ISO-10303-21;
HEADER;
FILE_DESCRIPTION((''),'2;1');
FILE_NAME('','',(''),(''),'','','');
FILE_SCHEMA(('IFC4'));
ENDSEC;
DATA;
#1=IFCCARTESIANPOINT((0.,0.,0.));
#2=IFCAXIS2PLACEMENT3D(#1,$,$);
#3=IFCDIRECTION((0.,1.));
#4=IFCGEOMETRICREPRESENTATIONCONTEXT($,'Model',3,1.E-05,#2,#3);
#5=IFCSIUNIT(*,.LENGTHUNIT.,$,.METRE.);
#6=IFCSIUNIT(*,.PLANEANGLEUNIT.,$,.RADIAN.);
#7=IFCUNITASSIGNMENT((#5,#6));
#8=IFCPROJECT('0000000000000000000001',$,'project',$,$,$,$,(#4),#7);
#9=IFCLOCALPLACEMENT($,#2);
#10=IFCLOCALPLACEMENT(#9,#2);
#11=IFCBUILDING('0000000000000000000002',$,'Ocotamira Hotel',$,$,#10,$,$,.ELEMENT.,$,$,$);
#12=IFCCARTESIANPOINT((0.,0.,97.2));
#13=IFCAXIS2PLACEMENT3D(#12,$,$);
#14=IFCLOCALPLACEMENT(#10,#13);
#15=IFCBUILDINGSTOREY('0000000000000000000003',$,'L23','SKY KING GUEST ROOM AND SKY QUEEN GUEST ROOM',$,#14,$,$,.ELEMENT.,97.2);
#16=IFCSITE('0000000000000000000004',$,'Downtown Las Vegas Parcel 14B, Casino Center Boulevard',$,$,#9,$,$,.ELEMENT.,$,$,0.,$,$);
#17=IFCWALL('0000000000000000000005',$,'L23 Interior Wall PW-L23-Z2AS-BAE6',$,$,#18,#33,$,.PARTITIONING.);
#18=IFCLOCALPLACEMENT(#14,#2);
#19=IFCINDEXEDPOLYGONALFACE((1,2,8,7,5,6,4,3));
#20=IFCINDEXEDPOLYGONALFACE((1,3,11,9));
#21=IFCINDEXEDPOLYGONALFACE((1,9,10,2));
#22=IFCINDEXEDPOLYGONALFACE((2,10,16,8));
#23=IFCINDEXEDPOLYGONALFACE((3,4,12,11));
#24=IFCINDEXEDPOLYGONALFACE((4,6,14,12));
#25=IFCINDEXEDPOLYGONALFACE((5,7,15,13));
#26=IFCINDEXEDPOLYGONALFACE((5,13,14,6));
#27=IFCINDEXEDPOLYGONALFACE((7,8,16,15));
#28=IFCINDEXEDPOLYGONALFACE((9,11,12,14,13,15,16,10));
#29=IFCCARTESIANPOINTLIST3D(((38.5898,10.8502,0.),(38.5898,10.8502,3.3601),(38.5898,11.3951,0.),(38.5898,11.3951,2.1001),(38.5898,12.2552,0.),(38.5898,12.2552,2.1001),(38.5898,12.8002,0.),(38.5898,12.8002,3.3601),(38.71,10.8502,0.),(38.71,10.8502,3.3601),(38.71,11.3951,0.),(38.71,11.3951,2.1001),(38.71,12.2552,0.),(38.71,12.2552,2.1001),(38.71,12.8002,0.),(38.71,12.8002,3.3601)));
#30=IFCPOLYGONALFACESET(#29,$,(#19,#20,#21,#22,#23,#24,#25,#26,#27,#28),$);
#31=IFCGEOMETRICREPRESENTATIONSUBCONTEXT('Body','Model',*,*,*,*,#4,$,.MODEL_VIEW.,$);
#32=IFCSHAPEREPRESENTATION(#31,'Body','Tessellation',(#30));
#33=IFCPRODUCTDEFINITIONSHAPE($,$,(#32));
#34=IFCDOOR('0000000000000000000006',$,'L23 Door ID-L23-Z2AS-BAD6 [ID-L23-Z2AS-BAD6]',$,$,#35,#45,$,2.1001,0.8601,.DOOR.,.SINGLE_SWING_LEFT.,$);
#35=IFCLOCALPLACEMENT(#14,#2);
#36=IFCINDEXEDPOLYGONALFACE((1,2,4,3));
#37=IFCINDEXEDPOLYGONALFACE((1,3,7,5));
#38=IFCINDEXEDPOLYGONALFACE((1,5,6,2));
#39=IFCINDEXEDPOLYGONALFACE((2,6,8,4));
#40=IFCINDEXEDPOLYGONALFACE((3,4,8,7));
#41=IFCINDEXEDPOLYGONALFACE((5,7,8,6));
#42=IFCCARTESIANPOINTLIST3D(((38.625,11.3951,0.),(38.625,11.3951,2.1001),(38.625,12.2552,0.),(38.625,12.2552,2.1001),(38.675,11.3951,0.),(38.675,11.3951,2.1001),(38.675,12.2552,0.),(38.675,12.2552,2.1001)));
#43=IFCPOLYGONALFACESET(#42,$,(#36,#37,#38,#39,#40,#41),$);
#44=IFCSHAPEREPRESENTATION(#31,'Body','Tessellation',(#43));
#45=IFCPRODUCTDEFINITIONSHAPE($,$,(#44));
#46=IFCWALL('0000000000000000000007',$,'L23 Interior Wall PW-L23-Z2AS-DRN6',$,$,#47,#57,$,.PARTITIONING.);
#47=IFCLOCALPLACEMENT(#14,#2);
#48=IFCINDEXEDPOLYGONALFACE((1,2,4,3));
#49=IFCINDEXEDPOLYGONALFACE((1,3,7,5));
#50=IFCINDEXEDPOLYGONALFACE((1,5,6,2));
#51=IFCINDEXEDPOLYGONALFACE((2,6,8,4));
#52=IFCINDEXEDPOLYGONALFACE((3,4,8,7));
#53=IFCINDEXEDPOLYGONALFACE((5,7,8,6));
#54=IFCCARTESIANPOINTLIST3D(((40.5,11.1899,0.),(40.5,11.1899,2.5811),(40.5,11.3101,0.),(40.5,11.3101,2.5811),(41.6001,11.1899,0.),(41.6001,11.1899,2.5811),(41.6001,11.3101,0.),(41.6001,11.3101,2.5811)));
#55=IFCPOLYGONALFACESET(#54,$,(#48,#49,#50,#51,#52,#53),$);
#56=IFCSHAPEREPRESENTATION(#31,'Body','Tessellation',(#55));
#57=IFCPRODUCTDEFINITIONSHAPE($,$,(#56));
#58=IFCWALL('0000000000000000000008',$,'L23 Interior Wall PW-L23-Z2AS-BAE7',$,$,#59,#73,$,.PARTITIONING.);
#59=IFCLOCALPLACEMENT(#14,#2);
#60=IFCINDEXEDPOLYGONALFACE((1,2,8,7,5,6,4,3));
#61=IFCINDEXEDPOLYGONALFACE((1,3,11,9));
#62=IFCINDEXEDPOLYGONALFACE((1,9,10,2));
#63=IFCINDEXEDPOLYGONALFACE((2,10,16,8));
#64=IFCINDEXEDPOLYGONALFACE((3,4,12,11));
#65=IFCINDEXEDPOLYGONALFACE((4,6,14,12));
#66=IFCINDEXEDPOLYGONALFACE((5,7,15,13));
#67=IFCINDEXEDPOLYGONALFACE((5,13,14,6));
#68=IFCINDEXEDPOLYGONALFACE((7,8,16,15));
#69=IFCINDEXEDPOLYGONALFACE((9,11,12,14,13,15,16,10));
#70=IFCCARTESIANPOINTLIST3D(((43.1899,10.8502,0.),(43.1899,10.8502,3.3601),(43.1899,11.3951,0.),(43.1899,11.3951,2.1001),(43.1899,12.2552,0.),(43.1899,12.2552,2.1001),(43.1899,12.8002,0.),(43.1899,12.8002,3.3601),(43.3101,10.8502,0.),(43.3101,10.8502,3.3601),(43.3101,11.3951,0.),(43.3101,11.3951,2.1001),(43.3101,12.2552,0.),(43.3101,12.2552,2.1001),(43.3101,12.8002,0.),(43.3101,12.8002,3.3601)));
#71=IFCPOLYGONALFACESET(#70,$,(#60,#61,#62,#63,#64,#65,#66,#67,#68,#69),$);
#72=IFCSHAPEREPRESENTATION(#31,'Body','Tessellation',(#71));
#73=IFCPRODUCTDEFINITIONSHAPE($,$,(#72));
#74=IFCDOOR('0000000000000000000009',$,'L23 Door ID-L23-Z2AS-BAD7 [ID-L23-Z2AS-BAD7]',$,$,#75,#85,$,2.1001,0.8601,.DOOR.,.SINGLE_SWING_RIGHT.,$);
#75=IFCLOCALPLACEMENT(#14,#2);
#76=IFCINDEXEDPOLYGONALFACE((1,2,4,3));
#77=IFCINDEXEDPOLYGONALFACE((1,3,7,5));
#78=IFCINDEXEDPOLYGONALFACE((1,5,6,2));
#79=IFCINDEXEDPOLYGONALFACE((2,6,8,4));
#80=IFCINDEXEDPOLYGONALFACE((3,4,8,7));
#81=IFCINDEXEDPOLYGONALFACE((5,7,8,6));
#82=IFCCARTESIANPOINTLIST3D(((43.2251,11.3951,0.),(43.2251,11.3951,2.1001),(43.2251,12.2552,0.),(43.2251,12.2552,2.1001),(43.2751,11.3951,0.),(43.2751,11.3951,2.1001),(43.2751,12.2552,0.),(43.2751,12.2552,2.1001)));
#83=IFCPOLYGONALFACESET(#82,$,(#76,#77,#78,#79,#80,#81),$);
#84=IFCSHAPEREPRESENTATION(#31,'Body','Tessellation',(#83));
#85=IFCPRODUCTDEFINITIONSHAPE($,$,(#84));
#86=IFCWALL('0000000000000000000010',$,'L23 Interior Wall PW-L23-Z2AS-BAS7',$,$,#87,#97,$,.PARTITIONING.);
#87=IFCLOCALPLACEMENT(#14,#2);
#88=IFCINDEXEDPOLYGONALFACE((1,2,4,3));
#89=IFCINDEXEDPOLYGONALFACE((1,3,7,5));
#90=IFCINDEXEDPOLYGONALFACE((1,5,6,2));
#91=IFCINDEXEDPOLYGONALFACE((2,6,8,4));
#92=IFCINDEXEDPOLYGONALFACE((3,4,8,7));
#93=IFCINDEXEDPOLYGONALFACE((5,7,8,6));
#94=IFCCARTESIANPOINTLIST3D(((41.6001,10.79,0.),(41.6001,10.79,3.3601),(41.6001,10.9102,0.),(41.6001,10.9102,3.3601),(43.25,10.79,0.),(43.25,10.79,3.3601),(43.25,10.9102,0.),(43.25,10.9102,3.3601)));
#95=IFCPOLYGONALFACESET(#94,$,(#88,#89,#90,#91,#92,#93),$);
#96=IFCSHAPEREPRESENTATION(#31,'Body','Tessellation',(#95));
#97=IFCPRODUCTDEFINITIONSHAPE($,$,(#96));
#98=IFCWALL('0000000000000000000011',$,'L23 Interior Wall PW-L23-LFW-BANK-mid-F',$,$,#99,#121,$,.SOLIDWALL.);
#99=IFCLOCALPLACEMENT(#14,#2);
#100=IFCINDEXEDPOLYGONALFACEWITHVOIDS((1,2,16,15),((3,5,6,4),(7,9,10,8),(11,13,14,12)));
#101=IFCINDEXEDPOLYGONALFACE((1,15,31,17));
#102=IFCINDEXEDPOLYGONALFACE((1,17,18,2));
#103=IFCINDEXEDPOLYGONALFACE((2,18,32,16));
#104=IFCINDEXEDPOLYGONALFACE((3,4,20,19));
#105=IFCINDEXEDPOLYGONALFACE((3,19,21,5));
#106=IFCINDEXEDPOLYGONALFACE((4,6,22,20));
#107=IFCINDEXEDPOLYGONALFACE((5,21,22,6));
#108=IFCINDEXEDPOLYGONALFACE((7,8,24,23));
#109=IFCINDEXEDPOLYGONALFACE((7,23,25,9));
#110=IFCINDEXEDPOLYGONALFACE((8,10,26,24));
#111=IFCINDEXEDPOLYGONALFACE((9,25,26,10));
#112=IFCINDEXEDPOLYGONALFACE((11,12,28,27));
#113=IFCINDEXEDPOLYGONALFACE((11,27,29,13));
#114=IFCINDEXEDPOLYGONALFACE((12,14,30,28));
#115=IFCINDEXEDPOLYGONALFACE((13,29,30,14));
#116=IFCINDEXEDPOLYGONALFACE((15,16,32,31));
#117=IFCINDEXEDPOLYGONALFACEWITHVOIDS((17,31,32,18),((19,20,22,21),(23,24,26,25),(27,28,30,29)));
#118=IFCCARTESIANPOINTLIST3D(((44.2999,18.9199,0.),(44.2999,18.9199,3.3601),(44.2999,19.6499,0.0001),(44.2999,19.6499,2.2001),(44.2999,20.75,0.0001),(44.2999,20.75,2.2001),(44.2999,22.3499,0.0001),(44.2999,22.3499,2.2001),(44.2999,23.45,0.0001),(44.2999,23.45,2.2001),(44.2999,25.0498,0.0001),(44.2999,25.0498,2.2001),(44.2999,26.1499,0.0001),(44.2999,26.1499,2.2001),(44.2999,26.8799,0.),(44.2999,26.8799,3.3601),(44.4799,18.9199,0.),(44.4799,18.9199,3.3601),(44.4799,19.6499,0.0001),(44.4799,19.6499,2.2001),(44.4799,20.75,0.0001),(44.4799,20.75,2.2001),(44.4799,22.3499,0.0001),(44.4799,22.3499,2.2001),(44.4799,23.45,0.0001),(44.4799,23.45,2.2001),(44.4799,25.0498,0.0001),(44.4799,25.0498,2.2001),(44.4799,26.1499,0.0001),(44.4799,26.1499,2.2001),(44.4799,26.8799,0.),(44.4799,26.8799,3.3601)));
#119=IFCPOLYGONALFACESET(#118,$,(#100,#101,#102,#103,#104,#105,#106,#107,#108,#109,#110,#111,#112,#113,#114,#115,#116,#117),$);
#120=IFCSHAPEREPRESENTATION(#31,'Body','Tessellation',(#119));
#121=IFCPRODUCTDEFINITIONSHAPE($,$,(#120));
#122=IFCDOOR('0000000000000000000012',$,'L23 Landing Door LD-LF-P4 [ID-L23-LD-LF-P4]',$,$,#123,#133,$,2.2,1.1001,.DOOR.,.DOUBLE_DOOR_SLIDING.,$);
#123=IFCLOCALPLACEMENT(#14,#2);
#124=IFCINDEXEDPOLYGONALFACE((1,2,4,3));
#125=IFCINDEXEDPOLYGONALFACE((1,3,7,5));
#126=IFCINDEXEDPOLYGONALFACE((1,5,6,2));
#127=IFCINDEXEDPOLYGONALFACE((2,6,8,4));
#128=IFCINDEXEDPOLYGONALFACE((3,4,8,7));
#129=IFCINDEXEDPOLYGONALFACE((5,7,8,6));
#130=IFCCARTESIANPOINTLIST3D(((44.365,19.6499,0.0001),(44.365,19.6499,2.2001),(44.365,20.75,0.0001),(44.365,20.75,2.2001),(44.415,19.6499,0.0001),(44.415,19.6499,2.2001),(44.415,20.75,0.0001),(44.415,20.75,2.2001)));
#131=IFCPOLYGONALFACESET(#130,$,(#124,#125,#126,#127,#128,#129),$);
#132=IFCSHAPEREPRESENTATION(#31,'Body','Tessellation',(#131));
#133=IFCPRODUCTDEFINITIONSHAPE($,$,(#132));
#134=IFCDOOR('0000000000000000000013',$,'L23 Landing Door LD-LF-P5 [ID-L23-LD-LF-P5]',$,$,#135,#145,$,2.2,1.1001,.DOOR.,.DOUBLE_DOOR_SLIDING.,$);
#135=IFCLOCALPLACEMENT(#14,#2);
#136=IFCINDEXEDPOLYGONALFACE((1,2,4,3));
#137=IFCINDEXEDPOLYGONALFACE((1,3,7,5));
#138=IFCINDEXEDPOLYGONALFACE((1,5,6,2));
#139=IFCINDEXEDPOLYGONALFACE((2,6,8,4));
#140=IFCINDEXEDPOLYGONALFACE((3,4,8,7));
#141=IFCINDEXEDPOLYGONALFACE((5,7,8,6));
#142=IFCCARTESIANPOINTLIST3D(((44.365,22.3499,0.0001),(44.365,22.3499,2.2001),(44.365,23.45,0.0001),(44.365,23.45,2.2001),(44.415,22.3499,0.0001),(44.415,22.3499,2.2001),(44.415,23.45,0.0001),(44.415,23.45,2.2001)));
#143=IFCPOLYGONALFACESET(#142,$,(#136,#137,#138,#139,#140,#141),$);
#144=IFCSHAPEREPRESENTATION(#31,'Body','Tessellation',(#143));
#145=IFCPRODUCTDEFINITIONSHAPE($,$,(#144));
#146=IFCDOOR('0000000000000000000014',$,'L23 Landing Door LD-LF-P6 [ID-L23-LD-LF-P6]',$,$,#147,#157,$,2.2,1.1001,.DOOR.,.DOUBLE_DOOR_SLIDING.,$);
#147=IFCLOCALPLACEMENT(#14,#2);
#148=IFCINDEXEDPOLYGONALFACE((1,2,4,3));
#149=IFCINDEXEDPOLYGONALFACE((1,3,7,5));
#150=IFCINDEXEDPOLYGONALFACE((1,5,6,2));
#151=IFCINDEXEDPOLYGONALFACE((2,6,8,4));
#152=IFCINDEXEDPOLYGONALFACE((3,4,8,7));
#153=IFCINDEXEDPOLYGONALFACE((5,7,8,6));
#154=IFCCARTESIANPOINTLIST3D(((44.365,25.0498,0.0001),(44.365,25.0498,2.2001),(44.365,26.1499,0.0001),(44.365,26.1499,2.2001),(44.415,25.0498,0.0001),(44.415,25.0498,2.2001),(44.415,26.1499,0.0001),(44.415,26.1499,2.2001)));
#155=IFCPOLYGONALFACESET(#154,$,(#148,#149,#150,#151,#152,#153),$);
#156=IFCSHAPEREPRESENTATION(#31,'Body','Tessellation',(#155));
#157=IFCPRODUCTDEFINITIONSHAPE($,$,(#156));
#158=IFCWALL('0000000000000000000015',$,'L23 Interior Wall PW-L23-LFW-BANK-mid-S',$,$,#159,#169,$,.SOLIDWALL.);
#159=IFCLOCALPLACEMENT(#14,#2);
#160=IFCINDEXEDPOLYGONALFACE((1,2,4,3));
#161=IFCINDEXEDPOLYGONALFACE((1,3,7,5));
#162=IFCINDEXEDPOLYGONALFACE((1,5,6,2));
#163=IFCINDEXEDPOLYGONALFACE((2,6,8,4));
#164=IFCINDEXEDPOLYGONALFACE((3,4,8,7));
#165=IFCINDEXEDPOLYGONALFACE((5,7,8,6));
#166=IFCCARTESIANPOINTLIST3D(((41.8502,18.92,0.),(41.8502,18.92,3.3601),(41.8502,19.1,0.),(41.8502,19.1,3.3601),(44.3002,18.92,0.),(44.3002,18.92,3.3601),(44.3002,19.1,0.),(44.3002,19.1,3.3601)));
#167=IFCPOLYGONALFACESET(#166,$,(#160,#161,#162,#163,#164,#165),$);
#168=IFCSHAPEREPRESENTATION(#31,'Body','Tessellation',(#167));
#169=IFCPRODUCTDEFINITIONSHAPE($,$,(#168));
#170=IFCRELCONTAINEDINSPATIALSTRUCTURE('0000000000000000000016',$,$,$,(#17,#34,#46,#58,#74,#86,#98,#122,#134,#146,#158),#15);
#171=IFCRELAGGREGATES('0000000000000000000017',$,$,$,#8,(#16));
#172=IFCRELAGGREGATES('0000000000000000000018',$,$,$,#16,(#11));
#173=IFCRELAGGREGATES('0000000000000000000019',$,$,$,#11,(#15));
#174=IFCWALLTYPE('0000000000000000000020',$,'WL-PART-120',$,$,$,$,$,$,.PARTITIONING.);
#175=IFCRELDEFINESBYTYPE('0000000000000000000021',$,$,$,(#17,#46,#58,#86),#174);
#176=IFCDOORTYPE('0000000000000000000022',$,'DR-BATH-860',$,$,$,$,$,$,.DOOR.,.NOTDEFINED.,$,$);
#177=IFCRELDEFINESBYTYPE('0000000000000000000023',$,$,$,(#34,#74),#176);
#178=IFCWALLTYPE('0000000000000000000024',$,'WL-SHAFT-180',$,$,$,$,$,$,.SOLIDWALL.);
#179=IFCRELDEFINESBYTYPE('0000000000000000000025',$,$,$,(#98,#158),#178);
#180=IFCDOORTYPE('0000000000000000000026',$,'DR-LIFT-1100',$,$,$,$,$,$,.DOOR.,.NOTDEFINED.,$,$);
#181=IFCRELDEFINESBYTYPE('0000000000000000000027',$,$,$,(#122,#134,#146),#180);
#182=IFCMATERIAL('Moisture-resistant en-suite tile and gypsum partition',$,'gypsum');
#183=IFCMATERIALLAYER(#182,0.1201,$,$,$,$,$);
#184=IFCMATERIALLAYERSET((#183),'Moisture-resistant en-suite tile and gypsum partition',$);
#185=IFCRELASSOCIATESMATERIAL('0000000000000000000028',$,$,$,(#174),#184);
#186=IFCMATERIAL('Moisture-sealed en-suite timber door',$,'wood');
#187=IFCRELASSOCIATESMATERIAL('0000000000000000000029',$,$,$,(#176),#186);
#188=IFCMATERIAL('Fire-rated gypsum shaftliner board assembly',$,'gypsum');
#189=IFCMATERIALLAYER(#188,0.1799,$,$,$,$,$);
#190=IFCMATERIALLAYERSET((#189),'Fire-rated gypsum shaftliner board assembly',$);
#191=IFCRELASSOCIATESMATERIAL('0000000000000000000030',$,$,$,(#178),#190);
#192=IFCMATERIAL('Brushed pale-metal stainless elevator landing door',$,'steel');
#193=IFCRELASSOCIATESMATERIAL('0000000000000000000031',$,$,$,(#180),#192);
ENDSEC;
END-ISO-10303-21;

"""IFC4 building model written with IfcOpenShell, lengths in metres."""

from ifc_helpers import new_model, si_unit, direction, frame, frame_2d, origin, place, context, subcontext, project, spatial, rectangle, extrude, source, transform, mapped, material, layer, layer_set, type_object, element, fill, save


model = new_model("IFC4")

# Units and contexts
model_context = context("Model", 3, precision=1e-05, world=origin(), true_north=direction((0.0, 1.0)))
body_context = subcontext(model_context, "Body", "Model", "MODEL_VIEW")
ifc_project = project(units=[si_unit("LENGTHUNIT", "METRE"), si_unit("PLANEANGLEUNIT", "RADIAN")], contexts=[model_context])

# Site, building, storey
site_placement = place(None, origin())
site = spatial("IfcSite", under=ifc_project, at=site_placement, Name="Downtown Las Vegas Parcel 14B, Casino Center Boulevard", CompositionType="ELEMENT", RefElevation=0.0)
building_placement = place(site_placement, origin())
building = spatial("IfcBuilding", under=site, at=building_placement, Name="Ocotamira Hotel", CompositionType="ELEMENT")
storey_placement = place(building_placement, frame((0.0, 0.0, 97.2)))
storey = spatial("IfcBuildingStorey", under=building, at=storey_placement, Name="L23", Description="SKY KING GUEST ROOM AND SKY QUEEN GUEST ROOM", CompositionType="ELEMENT", Elevation=97.2)

# Shared definitions
ifc_material_1 = material(Name="Moisture-resistant en-suite tile and gypsum partition", Category="gypsum")
ifc_layer_1 = layer(ifc_material_1, 0.1201)
ifc_layer_set_1 = layer_set([ifc_layer_1], Name="Moisture-resistant en-suite tile and gypsum partition")
wall_type_1 = type_object("IfcWallType", Name="WL-PART-120", PredefinedType="PARTITIONING", material=ifc_layer_set_1)

# Wall, opening, door
wall_1_placement = place(storey_placement, frame((38.6499, 10.8501, 0.0), z_axis=(0.0, 0.0, 1.0), x_axis=(0.0, 1.0, 0.0)))
wall_1 = element("IfcWall", 1, at=wall_1_placement, inside=storey, type_object=wall_type_1, Name="L23 Interior Wall PW-L23-Z2AS-BAE6", PredefinedType="PARTITIONING", context=body_context, shape_type="SweptSolid", body=[
    extrude(rectangle(XDim=1.95, YDim=0.1201, at=frame_2d((0.9751, 0.0))), origin(), (0.0, 0.0, 1.0), 3.3601),
])
opening_1_placement = place(wall_1_placement, frame((0.5449, 0.0, 0.0)))
opening_1 = element("IfcOpeningElement", 2, at=opening_1_placement, cuts=wall_1, PredefinedType="OPENING", context=body_context, shape_type="SweptSolid", body=[
    extrude(rectangle(XDim=0.8601, YDim=2.1001, at=frame_2d((0.4302, 1.05))), frame((0.0, 0.0701, 0.0), z_axis=(0.0, -1.0, 0.0), x_axis=(1.0, 0.0, 0.0)), (0.0, 0.0, 1.0), 0.1401),
])
ifc_material_2 = material(Name="Moisture-sealed en-suite timber door", Category="wood")
door_type_1 = type_object("IfcDoorType", Name="DR-BATH-860", OperationType="NOTDEFINED", PredefinedType="DOOR", material=ifc_material_2)
shared_shape_1 = source(origin(), body_context, "Body", "SweptSolid", [
    extrude(rectangle(XDim=0.8601, YDim=2.1001, at=frame_2d((0.4302, 1.05))), frame((0.0, 0.0249, 0.0), z_axis=(0.0, -1.0, 0.0), x_axis=(1.0, 0.0, 0.0)), (0.0, 0.0, 1.0), 0.05),
])
door_1_placement = place(opening_1_placement, origin())
door_1 = element("IfcDoor", 3, at=door_1_placement, inside=storey, type_object=door_type_1, Name="L23 Door ID-L23-Z2AS-BAD6 [ID-L23-Z2AS-BAD6]", OperationType="SINGLE_SWING_LEFT", OverallHeight=2.1001, OverallWidth=0.8601, PredefinedType="DOOR", context=body_context, shape_type="MappedRepresentation", body=[
    mapped(shared_shape_1, transform((0.0, 0.0, 0.0), scale=1.0)),
])
fill(opening_1, door_1)

# Wall
wall_2_placement = place(storey_placement, frame((40.5, 11.25, 0.0), z_axis=(0.0, 0.0, 1.0), x_axis=(1.0, 0.0, 0.0)))
element("IfcWall", 4, at=wall_2_placement, inside=storey, type_object=wall_type_1, Name="L23 Interior Wall PW-L23-Z2AS-DRN6", PredefinedType="PARTITIONING", context=body_context, shape_type="SweptSolid", body=[
    extrude(rectangle(XDim=1.1001, YDim=0.1201, at=frame_2d((0.55, 0.0))), origin(), (0.0, 0.0, 1.0), 2.5811),
])

# Wall, opening, door
wall_3_placement = place(storey_placement, frame((43.25, 10.8501, 0.0), z_axis=(0.0, 0.0, 1.0), x_axis=(0.0, 1.0, 0.0)))
wall_3 = element("IfcWall", 5, at=wall_3_placement, inside=storey, type_object=wall_type_1, Name="L23 Interior Wall PW-L23-Z2AS-BAE7", PredefinedType="PARTITIONING", context=body_context, shape_type="SweptSolid", body=[
    extrude(rectangle(XDim=1.95, YDim=0.1201, at=frame_2d((0.9751, 0.0))), origin(), (0.0, 0.0, 1.0), 3.3601),
])
opening_2_placement = place(wall_3_placement, frame((0.5449, 0.0, 0.0)))
opening_2 = element("IfcOpeningElement", 6, at=opening_2_placement, cuts=wall_3, PredefinedType="OPENING", context=body_context, shape_type="SweptSolid", body=[
    extrude(rectangle(XDim=0.8601, YDim=2.1001, at=frame_2d((0.4302, 1.05))), frame((0.0, 0.0701, 0.0), z_axis=(0.0, -1.0, 0.0), x_axis=(1.0, 0.0, 0.0)), (0.0, 0.0, 1.0), 0.1401),
])
door_2_placement = place(opening_2_placement, origin())
door_2 = element("IfcDoor", 7, at=door_2_placement, inside=storey, type_object=door_type_1, Name="L23 Door ID-L23-Z2AS-BAD7 [ID-L23-Z2AS-BAD7]", OperationType="SINGLE_SWING_RIGHT", OverallHeight=2.1001, OverallWidth=0.8601, PredefinedType="DOOR", context=body_context, shape_type="MappedRepresentation", body=[
    mapped(shared_shape_1, transform((0.0, 0.0, 0.0), scale=1.0)),
])
fill(opening_2, door_2)

# Wall
wall_4_placement = place(storey_placement, frame((41.6001, 10.8501, 0.0), z_axis=(0.0, 0.0, 1.0), x_axis=(1.0, 0.0, 0.0)))
element("IfcWall", 8, at=wall_4_placement, inside=storey, type_object=wall_type_1, Name="L23 Interior Wall PW-L23-Z2AS-BAS7", PredefinedType="PARTITIONING", context=body_context, shape_type="SweptSolid", body=[
    extrude(rectangle(XDim=1.6499, YDim=0.1201, at=frame_2d((0.825, 0.0))), origin(), (0.0, 0.0, 1.0), 3.3601),
])

# Wall, openings, doors
ifc_material_3 = material(Name="Fire-rated gypsum shaftliner board assembly", Category="gypsum")
ifc_layer_2 = layer(ifc_material_3, 0.1799)
ifc_layer_set_2 = layer_set([ifc_layer_2], Name="Fire-rated gypsum shaftliner board assembly")
wall_type_2 = type_object("IfcWallType", Name="WL-SHAFT-180", PredefinedType="SOLIDWALL", material=ifc_layer_set_2)
wall_5_placement = place(storey_placement, frame((44.3899, 18.9199, 0.0), z_axis=(0.0, 0.0, 1.0), x_axis=(0.0, 1.0, 0.0)))
wall_5 = element("IfcWall", 9, at=wall_5_placement, inside=storey, type_object=wall_type_2, Name="L23 Interior Wall PW-L23-LFW-BANK-mid-F", PredefinedType="SOLIDWALL", context=body_context, shape_type="SweptSolid", body=[
    extrude(rectangle(XDim=7.96, YDim=0.1799, at=frame_2d((3.98, 0.0))), origin(), (0.0, 0.0, 1.0), 3.3601),
])
opening_3_placement = place(wall_5_placement, frame((0.73, 0.0, 0.0)))
opening_3 = element("IfcOpeningElement", 10, at=opening_3_placement, cuts=wall_5, PredefinedType="OPENING", context=body_context, shape_type="SweptSolid", body=[
    extrude(rectangle(XDim=1.1001, YDim=2.2, at=frame_2d((0.55, 1.1001))), frame((0.0, 0.1001, 0.0), z_axis=(0.0, -1.0, 0.0), x_axis=(1.0, 0.0, 0.0)), (0.0, 0.0, 1.0), 0.2),
])
opening_4_placement = place(wall_5_placement, frame((3.4299, 0.0, 0.0)))
opening_4 = element("IfcOpeningElement", 11, at=opening_4_placement, cuts=wall_5, PredefinedType="OPENING", context=body_context, shape_type="SweptSolid", body=[
    extrude(rectangle(XDim=1.1001, YDim=2.2, at=frame_2d((0.55, 1.1001))), frame((0.0, 0.1001, 0.0), z_axis=(0.0, -1.0, 0.0), x_axis=(1.0, 0.0, 0.0)), (0.0, 0.0, 1.0), 0.2),
])
opening_5_placement = place(wall_5_placement, frame((6.1299, 0.0, 0.0)))
opening_5 = element("IfcOpeningElement", 12, at=opening_5_placement, cuts=wall_5, PredefinedType="OPENING", context=body_context, shape_type="SweptSolid", body=[
    extrude(rectangle(XDim=1.1001, YDim=2.2, at=frame_2d((0.55, 1.1001))), frame((0.0, 0.1001, 0.0), z_axis=(0.0, -1.0, 0.0), x_axis=(1.0, 0.0, 0.0)), (0.0, 0.0, 1.0), 0.2),
])
ifc_material_4 = material(Name="Brushed pale-metal stainless elevator landing door", Category="steel")
door_type_2 = type_object("IfcDoorType", Name="DR-LIFT-1100", OperationType="NOTDEFINED", PredefinedType="DOOR", material=ifc_material_4)
shared_shape_2 = source(origin(), body_context, "Body", "SweptSolid", [
    extrude(rectangle(XDim=1.1001, YDim=2.2, at=frame_2d((0.55, 1.1001))), frame((0.0, 0.0249, 0.0), z_axis=(0.0, -1.0, 0.0), x_axis=(1.0, 0.0, 0.0)), (0.0, 0.0, 1.0), 0.05),
])
door_3_placement = place(opening_3_placement, origin())
door_3 = element("IfcDoor", 13, at=door_3_placement, inside=storey, type_object=door_type_2, Name="L23 Landing Door LD-LF-P4 [ID-L23-LD-LF-P4]", OperationType="DOUBLE_DOOR_SLIDING", OverallHeight=2.2, OverallWidth=1.1001, PredefinedType="DOOR", context=body_context, shape_type="MappedRepresentation", body=[
    mapped(shared_shape_2, transform((0.0, 0.0, 0.0), scale=1.0)),
])
fill(opening_3, door_3)
door_4_placement = place(opening_4_placement, origin())
door_4 = element("IfcDoor", 14, at=door_4_placement, inside=storey, type_object=door_type_2, Name="L23 Landing Door LD-LF-P5 [ID-L23-LD-LF-P5]", OperationType="DOUBLE_DOOR_SLIDING", OverallHeight=2.2, OverallWidth=1.1001, PredefinedType="DOOR", context=body_context, shape_type="MappedRepresentation", body=[
    mapped(shared_shape_2, transform((0.0, 0.0, 0.0), scale=1.0)),
])
fill(opening_4, door_4)
door_5_placement = place(opening_5_placement, origin())
door_5 = element("IfcDoor", 15, at=door_5_placement, inside=storey, type_object=door_type_2, Name="L23 Landing Door LD-LF-P6 [ID-L23-LD-LF-P6]", OperationType="DOUBLE_DOOR_SLIDING", OverallHeight=2.2, OverallWidth=1.1001, PredefinedType="DOOR", context=body_context, shape_type="MappedRepresentation", body=[
    mapped(shared_shape_2, transform((0.0, 0.0, 0.0), scale=1.0)),
])
fill(opening_5, door_5)

# Wall
for number, where, z_axis, x_axis, name in (
    (16, (41.8501, 19.01, 0.0), (0.0, 0.0, 1.0), (1.0, 0.0, 0.0), "L23 Interior Wall PW-L23-LFW-BANK-mid-S"),
):
    element("IfcWall", number, at=place(storey_placement, frame(where, z_axis=z_axis, x_axis=x_axis)), inside=storey, type_object=wall_type_2, Name=name, PredefinedType="SOLIDWALL", context=body_context, shape_type="SweptSolid", body=[
        extrude(rectangle(XDim=2.45, YDim=0.1799, at=frame_2d((1.2251, 0.0))), origin(), (0.0, 0.0, 1.0), 3.3601),
    ])

save(model, "model.ifc")
